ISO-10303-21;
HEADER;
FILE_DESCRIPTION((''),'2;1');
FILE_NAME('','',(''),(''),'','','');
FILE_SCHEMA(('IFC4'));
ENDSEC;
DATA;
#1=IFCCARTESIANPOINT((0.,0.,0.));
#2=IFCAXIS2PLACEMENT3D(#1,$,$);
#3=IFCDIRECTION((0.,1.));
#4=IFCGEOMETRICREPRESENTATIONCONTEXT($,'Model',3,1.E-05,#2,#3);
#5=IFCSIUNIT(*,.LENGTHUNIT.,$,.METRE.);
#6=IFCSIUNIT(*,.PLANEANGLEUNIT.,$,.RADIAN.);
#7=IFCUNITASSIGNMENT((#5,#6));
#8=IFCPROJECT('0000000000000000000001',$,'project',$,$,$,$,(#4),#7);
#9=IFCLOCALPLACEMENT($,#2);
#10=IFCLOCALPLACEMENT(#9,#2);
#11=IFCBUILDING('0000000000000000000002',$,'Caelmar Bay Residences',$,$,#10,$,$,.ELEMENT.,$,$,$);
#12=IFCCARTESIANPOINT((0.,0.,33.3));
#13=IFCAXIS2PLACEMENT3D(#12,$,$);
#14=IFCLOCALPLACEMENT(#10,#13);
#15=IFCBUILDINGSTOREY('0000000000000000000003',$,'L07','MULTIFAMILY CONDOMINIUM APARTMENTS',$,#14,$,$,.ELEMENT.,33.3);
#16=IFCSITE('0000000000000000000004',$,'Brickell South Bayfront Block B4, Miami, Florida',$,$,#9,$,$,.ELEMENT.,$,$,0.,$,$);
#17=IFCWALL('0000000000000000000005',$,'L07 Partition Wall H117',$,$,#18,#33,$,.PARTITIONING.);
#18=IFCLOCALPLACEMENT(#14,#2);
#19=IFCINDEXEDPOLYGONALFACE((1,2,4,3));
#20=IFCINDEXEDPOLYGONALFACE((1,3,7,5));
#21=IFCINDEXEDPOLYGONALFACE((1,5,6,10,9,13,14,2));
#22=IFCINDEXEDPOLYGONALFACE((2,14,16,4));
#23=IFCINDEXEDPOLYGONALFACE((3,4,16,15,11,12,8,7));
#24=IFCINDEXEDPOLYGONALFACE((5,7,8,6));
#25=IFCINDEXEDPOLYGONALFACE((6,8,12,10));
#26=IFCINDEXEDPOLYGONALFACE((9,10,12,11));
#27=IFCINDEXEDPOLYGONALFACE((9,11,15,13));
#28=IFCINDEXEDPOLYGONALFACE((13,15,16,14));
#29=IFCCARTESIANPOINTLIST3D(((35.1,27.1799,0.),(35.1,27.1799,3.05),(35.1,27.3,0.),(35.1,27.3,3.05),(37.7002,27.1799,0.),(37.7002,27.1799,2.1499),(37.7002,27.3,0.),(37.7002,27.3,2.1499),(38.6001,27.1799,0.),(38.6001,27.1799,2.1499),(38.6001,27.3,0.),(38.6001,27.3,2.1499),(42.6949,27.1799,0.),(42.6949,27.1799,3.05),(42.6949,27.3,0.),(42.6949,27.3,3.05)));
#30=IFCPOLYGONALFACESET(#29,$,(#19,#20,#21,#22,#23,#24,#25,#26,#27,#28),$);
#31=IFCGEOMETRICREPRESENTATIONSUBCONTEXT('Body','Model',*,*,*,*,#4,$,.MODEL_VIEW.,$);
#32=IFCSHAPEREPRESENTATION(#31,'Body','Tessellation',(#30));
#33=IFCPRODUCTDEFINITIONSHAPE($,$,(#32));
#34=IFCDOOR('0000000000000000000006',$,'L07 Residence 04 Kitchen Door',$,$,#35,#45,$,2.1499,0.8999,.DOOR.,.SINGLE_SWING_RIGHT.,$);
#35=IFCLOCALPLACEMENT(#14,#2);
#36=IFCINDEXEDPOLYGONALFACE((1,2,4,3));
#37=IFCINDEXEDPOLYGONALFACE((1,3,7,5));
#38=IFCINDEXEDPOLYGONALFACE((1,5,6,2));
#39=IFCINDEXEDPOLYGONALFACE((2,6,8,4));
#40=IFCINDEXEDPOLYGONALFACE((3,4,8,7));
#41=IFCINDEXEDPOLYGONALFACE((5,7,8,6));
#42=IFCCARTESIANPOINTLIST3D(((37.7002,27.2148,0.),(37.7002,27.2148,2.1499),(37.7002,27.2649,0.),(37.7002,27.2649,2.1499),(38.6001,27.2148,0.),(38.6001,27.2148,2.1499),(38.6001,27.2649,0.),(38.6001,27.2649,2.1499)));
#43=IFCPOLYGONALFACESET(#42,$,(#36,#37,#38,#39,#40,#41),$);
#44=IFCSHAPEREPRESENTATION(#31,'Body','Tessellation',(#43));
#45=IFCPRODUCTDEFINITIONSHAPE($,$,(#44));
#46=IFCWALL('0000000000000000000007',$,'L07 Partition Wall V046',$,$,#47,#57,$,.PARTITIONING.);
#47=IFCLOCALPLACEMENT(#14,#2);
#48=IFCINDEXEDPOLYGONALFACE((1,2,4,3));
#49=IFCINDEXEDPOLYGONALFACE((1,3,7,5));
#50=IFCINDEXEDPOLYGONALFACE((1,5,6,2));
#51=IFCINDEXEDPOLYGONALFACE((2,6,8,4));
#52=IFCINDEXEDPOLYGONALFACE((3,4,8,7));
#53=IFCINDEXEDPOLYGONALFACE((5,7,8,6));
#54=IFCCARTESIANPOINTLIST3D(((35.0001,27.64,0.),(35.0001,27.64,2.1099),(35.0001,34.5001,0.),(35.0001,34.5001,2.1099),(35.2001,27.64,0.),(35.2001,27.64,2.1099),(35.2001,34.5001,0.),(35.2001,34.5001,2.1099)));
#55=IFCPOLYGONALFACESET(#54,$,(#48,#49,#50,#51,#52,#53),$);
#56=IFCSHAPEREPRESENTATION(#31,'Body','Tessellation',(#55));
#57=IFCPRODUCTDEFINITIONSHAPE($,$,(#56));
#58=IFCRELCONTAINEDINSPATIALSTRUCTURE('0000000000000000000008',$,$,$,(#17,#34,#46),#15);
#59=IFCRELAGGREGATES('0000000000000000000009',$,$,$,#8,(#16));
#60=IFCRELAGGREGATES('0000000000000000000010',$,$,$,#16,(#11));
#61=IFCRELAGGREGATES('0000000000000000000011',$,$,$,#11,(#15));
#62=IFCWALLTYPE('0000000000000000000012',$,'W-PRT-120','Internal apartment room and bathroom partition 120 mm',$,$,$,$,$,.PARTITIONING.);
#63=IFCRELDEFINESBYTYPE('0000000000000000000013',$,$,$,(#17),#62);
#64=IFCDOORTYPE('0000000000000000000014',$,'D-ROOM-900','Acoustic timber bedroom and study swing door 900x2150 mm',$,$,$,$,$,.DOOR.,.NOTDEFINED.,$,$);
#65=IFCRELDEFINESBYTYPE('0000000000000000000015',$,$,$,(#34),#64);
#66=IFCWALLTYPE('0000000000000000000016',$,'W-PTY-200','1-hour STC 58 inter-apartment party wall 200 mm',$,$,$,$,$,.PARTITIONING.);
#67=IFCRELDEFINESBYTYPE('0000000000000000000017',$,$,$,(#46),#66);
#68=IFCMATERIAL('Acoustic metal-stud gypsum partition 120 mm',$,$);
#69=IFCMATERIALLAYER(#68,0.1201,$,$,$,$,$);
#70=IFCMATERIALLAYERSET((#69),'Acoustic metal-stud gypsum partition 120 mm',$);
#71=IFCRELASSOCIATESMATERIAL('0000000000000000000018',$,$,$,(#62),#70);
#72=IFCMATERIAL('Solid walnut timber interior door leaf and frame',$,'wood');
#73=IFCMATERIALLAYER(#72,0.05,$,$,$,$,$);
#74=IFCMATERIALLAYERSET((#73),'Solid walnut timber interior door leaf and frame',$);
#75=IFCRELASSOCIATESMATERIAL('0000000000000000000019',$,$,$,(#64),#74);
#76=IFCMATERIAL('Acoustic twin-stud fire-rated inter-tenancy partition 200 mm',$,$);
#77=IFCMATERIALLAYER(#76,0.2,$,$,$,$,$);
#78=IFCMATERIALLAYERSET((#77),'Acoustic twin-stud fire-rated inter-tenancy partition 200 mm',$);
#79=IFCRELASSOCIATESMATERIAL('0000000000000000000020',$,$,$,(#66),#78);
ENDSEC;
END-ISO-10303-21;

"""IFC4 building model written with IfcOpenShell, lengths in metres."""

from ifc_helpers import new_model, si_unit, direction, frame, frame_2d, origin, place, context, subcontext, project, spatial, rectangle, extrude, material, layer, layer_set, type_object, element, fill, save


model = new_model("IFC4")

# Units and contexts
model_context = context("Model", 3, precision=1e-05, world=origin(), true_north=direction((0.0, 1.0)))
body_context = subcontext(model_context, "Body", "Model", "MODEL_VIEW")
ifc_project = project(units=[si_unit("LENGTHUNIT", "METRE"), si_unit("PLANEANGLEUNIT", "RADIAN")], contexts=[model_context])

# Site, building, storey
site_placement = place(None, origin())
site = spatial("IfcSite", under=ifc_project, at=site_placement, Name="Brickell South Bayfront Block B4, Miami, Florida", CompositionType="ELEMENT", RefElevation=0.0)
building_placement = place(site_placement, origin())
building = spatial("IfcBuilding", under=site, at=building_placement, Name="Caelmar Bay Residences", CompositionType="ELEMENT")
storey_placement = place(building_placement, frame((0.0, 0.0, 33.3)))
storey = spatial("IfcBuildingStorey", under=building, at=storey_placement, Name="L07", Description="MULTIFAMILY CONDOMINIUM APARTMENTS", CompositionType="ELEMENT", Elevation=33.3)

# Shared definitions
ifc_material_1 = material(Name="Acoustic metal-stud gypsum partition 120 mm")
ifc_layer_1 = layer(ifc_material_1, 0.1201)
ifc_layer_set_1 = layer_set([ifc_layer_1], Name="Acoustic metal-stud gypsum partition 120 mm")
wall_type_1 = type_object("IfcWallType", Name="W-PRT-120", Description="Internal apartment room and bathroom partition 120 mm", PredefinedType="PARTITIONING", material=ifc_layer_set_1)

# Shared definitions
ifc_material_2 = material(Name="Solid walnut timber interior door leaf and frame", Category="wood")
ifc_layer_2 = layer(ifc_material_2, 0.05)
ifc_layer_set_2 = layer_set([ifc_layer_2], Name="Solid walnut timber interior door leaf and frame")
door_type_1 = type_object("IfcDoorType", Name="D-ROOM-900", Description="Acoustic timber bedroom and study swing door 900x2150 mm", OperationType="NOTDEFINED", PredefinedType="DOOR", material=ifc_layer_set_2)

# Wall, opening, door
wall_1_placement = place(storey_placement, frame((35.1001, 27.24, 0.0), z_axis=(0.0, 0.0, 1.0), x_axis=(1.0, 0.0, 0.0)))
wall_1 = element("IfcWall", 1, at=wall_1_placement, inside=storey, type_object=wall_type_1, Name="L07 Partition Wall H117", PredefinedType="PARTITIONING", context=body_context, shape_type="SweptSolid", body=[
    extrude(rectangle(XDim=7.595, YDim=0.1201, at=frame_2d((3.7974, 0.0))), origin(), (0.0, 0.0, 1.0), 3.05),
])
opening_1_placement = place(wall_1_placement, frame((2.6001, 0.0, 0.0)))
opening_1 = element("IfcOpeningElement", 2, at=opening_1_placement, cuts=wall_1, PredefinedType="OPENING", context=body_context, shape_type="SweptSolid", body=[
    extrude(rectangle(XDim=0.8999, YDim=2.1499, at=frame_2d((0.45, 1.075))), frame((0.0, 0.0701, 0.0), z_axis=(0.0, -1.0, 0.0), x_axis=(1.0, 0.0, 0.0)), (0.0, 0.0, 1.0), 0.1401),
])
door_1_placement = place(opening_1_placement, origin())
door_1 = element("IfcDoor", 3, at=door_1_placement, inside=storey, type_object=door_type_1, Name="L07 Residence 04 Kitchen Door", OperationType="SINGLE_SWING_RIGHT", OverallHeight=2.1499, OverallWidth=0.8999, PredefinedType="DOOR", context=body_context, shape_type="SweptSolid", body=[
    extrude(rectangle(XDim=0.8999, YDim=2.1499, at=frame_2d((0.45, 1.075))), frame((0.0, 0.0249, 0.0), z_axis=(0.0, -1.0, 0.0), x_axis=(1.0, 0.0, 0.0)), (0.0, 0.0, 1.0), 0.05),
])
fill(opening_1, door_1)

# Wall
ifc_material_3 = material(Name="Acoustic twin-stud fire-rated inter-tenancy partition 200 mm")
ifc_layer_3 = layer(ifc_material_3, 0.2)
ifc_layer_set_3 = layer_set([ifc_layer_3], Name="Acoustic twin-stud fire-rated inter-tenancy partition 200 mm")
wall_type_2 = type_object("IfcWallType", Name="W-PTY-200", Description="1-hour STC 58 inter-apartment party wall 200 mm", PredefinedType="PARTITIONING", material=ifc_layer_set_3)
wall_2_placement = place(storey_placement, frame((35.1001, 27.6399, 0.0), z_axis=(0.0, 0.0, 1.0), x_axis=(0.0, 1.0, 0.0)))
element("IfcWall", 4, at=wall_2_placement, inside=storey, type_object=wall_type_2, Name="L07 Partition Wall V046", PredefinedType="PARTITIONING", context=body_context, shape_type="SweptSolid", body=[
    extrude(rectangle(XDim=6.8601, YDim=0.2, at=frame_2d((3.4302, 0.0))), origin(), (0.0, 0.0, 1.0), 2.1099),
])

save(model, "model.ifc")
